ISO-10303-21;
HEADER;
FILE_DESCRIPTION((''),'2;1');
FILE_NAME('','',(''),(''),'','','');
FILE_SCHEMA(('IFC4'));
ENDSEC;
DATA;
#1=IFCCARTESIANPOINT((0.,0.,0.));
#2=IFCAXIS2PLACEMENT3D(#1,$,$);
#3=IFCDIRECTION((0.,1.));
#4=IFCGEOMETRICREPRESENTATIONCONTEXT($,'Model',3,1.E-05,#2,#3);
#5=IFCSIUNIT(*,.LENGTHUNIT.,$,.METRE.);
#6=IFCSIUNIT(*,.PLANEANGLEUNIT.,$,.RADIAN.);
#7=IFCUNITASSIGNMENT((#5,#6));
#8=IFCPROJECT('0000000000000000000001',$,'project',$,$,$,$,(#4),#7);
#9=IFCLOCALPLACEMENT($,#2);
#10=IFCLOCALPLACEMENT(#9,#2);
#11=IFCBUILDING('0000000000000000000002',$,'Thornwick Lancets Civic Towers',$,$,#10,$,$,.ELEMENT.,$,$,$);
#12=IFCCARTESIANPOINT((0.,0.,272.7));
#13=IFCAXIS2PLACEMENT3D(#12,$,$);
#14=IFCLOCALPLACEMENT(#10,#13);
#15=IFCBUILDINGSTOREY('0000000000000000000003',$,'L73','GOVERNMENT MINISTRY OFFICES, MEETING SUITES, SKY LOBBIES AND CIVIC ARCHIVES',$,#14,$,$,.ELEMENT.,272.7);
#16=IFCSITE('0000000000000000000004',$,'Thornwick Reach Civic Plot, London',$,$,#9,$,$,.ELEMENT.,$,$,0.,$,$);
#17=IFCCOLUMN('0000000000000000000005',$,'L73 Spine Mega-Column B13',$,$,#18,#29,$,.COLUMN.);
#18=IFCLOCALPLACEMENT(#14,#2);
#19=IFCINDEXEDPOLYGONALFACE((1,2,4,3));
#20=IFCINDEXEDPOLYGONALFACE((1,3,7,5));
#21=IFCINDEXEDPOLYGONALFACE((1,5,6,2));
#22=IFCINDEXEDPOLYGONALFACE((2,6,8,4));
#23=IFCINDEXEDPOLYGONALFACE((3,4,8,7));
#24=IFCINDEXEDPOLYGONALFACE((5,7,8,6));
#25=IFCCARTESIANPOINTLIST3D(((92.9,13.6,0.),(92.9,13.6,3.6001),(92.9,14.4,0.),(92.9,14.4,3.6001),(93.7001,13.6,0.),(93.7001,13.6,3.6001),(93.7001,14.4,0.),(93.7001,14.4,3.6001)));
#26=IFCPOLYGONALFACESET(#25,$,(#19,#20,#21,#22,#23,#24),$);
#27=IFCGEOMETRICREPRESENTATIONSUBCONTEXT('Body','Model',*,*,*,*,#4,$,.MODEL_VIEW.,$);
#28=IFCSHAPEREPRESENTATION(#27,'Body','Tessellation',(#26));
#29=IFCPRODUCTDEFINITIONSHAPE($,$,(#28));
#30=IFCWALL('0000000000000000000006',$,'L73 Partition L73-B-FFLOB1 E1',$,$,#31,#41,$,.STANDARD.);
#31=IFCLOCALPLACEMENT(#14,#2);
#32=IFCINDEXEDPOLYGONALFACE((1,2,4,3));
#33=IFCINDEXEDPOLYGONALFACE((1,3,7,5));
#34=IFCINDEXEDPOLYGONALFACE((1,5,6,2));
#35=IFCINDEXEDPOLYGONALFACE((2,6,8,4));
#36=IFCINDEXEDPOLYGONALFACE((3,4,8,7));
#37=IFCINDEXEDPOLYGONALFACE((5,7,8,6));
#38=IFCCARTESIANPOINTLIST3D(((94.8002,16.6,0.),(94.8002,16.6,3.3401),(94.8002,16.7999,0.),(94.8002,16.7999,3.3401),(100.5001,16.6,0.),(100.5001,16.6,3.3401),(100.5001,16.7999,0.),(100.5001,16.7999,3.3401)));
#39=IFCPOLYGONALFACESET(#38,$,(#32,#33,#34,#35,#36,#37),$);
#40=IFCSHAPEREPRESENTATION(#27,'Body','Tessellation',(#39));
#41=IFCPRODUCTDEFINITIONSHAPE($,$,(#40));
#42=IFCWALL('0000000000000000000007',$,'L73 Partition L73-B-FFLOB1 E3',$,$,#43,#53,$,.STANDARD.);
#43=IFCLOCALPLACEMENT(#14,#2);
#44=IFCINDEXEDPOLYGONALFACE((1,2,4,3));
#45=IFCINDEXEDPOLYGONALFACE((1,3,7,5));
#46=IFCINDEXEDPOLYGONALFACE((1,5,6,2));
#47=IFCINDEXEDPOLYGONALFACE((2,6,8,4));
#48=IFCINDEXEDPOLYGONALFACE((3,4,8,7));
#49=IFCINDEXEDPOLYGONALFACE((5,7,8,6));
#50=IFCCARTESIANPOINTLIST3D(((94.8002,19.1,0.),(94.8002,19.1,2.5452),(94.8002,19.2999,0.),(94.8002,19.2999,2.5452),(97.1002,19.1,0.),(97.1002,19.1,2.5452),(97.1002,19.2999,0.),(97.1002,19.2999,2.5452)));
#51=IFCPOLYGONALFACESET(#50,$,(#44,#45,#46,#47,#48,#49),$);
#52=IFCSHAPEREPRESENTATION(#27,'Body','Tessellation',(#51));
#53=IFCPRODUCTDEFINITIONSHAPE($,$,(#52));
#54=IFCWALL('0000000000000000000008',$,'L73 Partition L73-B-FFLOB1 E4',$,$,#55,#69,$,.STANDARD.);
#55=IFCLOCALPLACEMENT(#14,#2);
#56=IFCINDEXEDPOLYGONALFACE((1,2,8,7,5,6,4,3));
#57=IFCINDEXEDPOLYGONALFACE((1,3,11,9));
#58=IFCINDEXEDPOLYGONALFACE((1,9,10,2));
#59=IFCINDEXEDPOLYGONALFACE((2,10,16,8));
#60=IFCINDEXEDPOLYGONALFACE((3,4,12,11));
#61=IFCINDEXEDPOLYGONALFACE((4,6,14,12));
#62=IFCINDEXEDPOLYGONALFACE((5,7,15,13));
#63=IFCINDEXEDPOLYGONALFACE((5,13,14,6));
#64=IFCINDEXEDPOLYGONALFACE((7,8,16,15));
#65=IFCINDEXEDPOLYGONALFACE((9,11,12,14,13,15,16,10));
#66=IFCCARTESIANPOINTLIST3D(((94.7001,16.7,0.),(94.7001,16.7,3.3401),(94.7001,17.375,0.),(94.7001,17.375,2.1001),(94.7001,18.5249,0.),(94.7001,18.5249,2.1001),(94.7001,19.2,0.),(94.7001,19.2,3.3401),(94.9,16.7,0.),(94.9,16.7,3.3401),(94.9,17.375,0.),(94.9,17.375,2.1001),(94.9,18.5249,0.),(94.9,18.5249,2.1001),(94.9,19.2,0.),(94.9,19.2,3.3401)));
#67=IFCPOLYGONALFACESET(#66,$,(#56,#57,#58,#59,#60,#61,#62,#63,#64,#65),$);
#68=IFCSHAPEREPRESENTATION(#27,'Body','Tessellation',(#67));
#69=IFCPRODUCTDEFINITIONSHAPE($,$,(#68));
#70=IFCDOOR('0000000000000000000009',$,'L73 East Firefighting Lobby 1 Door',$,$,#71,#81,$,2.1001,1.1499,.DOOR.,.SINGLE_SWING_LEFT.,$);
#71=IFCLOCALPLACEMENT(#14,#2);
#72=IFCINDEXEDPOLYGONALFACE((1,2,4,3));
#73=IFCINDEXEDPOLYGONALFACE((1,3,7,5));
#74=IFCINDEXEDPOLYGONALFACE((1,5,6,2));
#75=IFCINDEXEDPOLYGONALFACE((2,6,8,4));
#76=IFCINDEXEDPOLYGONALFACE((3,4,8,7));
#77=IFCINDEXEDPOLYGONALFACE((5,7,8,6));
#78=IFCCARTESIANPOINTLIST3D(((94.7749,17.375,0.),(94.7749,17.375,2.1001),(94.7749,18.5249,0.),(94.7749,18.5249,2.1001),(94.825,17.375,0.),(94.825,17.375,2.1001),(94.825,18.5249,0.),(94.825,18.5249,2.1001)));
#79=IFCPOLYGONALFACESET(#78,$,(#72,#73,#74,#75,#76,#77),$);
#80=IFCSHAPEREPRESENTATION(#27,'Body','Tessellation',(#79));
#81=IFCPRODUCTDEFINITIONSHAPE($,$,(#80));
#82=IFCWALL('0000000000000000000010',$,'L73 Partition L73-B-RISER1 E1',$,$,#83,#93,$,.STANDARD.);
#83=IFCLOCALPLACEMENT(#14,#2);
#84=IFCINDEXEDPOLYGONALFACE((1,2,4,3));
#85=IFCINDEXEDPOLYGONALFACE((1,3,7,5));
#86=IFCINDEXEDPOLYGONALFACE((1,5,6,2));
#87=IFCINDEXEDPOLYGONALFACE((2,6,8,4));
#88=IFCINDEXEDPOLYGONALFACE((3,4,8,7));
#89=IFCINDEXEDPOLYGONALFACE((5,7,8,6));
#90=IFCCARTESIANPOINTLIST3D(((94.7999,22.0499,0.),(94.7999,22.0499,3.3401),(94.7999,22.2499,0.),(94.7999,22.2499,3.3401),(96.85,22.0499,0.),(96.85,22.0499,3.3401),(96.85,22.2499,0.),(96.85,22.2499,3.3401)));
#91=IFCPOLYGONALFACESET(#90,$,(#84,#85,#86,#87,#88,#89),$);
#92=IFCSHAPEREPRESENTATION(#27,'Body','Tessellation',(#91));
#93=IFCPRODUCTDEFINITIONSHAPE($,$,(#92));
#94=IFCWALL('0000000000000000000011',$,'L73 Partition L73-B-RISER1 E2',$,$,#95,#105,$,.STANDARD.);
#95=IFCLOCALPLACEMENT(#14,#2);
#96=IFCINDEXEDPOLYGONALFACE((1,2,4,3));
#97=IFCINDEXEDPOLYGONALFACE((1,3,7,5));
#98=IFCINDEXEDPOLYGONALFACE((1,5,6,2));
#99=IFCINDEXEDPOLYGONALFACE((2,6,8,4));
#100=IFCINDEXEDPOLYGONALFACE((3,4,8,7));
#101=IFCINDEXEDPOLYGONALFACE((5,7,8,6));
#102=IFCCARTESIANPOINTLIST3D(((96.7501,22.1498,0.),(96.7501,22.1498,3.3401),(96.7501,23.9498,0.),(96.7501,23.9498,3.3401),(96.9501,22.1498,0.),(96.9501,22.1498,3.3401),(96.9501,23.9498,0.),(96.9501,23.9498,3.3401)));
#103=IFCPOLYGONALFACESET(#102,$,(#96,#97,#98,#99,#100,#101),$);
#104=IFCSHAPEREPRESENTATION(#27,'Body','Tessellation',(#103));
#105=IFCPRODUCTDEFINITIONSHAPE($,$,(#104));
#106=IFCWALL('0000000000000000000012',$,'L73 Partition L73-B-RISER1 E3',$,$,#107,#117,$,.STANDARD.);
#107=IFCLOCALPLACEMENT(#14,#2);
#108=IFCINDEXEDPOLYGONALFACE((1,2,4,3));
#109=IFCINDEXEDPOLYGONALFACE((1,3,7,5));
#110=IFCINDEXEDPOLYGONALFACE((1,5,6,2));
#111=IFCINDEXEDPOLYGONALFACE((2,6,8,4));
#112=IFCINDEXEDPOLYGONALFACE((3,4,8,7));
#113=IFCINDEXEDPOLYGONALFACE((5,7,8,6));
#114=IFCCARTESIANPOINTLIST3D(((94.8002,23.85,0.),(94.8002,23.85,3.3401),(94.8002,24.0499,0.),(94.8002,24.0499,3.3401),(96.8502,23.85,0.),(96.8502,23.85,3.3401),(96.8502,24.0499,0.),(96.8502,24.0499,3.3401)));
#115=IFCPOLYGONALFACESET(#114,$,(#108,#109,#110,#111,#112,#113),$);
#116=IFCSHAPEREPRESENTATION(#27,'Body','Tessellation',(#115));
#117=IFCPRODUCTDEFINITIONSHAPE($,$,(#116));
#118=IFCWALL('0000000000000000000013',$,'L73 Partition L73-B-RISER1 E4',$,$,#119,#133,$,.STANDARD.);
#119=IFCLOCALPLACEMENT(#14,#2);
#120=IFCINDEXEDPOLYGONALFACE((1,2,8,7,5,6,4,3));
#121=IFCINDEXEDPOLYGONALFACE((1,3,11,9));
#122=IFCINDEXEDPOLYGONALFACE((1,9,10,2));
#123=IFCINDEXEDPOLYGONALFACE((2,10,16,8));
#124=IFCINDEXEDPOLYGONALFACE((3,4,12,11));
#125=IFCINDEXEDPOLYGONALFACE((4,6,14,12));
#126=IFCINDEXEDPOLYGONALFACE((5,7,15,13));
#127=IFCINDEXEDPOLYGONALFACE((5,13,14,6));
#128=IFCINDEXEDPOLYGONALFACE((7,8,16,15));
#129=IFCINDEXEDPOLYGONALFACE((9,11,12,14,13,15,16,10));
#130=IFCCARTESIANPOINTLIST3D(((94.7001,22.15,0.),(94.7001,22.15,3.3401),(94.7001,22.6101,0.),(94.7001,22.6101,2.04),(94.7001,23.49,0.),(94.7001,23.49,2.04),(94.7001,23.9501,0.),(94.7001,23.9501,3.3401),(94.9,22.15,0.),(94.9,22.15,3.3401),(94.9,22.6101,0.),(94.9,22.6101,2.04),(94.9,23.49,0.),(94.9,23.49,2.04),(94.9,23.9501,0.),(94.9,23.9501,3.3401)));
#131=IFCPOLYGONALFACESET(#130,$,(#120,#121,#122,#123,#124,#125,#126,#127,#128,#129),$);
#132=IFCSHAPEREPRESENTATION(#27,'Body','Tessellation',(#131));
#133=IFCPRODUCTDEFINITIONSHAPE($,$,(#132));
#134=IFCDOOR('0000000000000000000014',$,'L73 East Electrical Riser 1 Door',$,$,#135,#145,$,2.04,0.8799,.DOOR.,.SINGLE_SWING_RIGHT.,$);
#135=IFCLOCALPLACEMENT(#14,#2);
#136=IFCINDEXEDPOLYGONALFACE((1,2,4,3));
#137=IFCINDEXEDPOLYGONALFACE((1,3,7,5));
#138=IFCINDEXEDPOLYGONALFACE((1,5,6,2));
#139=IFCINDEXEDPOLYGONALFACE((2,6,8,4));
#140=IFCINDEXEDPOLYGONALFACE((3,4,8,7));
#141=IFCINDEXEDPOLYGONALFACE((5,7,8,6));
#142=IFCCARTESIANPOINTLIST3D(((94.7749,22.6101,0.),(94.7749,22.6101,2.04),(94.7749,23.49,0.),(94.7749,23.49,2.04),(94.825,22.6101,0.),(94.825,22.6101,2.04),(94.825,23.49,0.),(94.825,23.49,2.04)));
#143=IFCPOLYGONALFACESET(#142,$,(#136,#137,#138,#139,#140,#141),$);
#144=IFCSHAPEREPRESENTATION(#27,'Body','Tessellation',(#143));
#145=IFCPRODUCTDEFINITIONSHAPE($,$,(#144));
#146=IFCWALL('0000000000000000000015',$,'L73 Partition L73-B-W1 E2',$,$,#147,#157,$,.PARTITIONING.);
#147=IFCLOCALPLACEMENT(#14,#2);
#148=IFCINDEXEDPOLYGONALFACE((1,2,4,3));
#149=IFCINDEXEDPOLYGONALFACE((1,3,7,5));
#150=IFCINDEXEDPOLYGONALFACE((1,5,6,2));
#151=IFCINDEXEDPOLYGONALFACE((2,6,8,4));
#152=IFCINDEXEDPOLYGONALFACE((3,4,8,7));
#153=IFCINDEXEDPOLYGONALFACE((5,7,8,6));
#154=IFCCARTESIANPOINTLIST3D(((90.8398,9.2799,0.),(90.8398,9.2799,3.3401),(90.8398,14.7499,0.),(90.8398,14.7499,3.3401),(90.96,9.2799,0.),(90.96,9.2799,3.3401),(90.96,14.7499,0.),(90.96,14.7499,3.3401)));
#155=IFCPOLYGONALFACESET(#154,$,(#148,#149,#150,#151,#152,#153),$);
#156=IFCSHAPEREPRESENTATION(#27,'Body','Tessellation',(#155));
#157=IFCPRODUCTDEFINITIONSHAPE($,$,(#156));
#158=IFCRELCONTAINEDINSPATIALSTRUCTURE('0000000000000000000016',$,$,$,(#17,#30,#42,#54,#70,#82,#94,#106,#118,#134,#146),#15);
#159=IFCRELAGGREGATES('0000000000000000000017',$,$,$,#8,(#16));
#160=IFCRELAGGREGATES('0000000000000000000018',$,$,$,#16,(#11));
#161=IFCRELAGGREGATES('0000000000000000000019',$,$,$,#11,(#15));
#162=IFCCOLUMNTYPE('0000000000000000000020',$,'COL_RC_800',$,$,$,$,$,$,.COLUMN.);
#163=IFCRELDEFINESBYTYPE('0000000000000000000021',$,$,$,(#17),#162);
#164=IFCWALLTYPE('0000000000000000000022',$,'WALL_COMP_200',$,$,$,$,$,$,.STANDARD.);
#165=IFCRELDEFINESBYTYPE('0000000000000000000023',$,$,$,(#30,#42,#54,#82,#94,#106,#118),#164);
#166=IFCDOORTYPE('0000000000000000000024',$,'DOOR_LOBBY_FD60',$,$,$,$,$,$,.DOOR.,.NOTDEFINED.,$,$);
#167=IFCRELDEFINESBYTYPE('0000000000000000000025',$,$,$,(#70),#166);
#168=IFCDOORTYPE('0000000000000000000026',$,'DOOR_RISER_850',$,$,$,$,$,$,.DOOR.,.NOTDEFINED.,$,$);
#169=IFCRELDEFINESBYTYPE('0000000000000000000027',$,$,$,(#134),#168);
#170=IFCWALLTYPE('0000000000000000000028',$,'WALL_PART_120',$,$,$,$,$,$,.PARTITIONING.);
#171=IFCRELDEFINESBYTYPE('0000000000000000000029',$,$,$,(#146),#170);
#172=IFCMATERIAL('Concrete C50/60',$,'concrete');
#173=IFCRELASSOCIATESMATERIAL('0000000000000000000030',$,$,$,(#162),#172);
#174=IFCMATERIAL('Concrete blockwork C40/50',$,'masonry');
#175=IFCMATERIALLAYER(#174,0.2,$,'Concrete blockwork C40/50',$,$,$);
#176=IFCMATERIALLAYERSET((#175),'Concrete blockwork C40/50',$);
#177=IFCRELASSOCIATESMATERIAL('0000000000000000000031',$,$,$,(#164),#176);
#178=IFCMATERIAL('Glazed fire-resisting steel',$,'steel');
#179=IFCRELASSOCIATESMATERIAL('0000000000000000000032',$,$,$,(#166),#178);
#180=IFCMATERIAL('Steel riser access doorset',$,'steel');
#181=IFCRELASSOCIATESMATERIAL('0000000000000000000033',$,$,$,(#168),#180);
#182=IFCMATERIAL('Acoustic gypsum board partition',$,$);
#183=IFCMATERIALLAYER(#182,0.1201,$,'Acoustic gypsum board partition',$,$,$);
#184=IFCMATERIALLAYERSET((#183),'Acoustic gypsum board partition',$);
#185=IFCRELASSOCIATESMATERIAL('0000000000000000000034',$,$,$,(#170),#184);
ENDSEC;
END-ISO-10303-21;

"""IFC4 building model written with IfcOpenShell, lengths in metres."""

from ifc_helpers import new_model, si_unit, direction, frame, frame_2d, origin, origin_2d, place, context, subcontext, project, spatial, rectangle, extrude, material, layer, layer_set, material_profile, profile_set, type_object, element, fill, save


model = new_model("IFC4")

# Units and contexts
model_context = context("Model", 3, precision=1e-05, world=origin(), true_north=direction((0.0, 1.0)))
body_context = subcontext(model_context, "Body", "Model", "MODEL_VIEW")
ifc_project = project(units=[si_unit("LENGTHUNIT", "METRE"), si_unit("PLANEANGLEUNIT", "RADIAN")], contexts=[model_context])

# Site, building, storey
site_placement = place(None, origin())
site = spatial("IfcSite", under=ifc_project, at=site_placement, Name="Thornwick Reach Civic Plot, London", CompositionType="ELEMENT", RefElevation=0.0)
building_placement = place(site_placement, origin())
building = spatial("IfcBuilding", under=site, at=building_placement, Name="Thornwick Lancets Civic Towers", CompositionType="ELEMENT")
storey_placement = place(building_placement, frame((0.0, 0.0, 272.7)))
storey = spatial("IfcBuildingStorey", under=building, at=storey_placement, Name="L73", Description="GOVERNMENT MINISTRY OFFICES, MEETING SUITES, SKY LOBBIES AND CIVIC ARCHIVES", CompositionType="ELEMENT", Elevation=272.7)

# Column
ifc_material_1 = material(Name="Concrete C50/60", Category="concrete")
ifc_material_profile = material_profile(ifc_material_1, rectangle(XDim=0.8, YDim=0.8, at=origin_2d()), Name="RC 800x800")
ifc_profile_set = profile_set([ifc_material_profile], Name="Concrete C50/60")
column_type = type_object("IfcColumnType", Name="COL_RC_800", PredefinedType="COLUMN", material=ifc_profile_set)
column_placement = place(storey_placement, frame((93.3, 14.0, 0.0), z_axis=(0.0, 0.0, 1.0), x_axis=(1.0, 0.0, 0.0)))
element("IfcColumn", 1, at=column_placement, inside=storey, type_object=column_type, Name="L73 Spine Mega-Column B13", PredefinedType="COLUMN", context=body_context, shape_type="SweptSolid", body=[
    extrude(rectangle(XDim=0.8, YDim=0.8, at=origin_2d()), origin(), (0.0, 0.0, 1.0), 3.6001),
])

# Walls
ifc_material_2 = material(Name="Concrete blockwork C40/50", Category="masonry")
ifc_layer_1 = layer(ifc_material_2, 0.2, Name="Concrete blockwork C40/50")
ifc_layer_set_1 = layer_set([ifc_layer_1], Name="Concrete blockwork C40/50")
wall_type_1 = type_object("IfcWallType", Name="WALL_COMP_200", PredefinedType="STANDARD", material=ifc_layer_set_1)
wall_1_placement = place(storey_placement, frame((94.8, 16.7, 0.0), z_axis=(0.0, 0.0, 1.0), x_axis=(1.0, 0.0, 0.0)))
element("IfcWall", 2, at=wall_1_placement, inside=storey, type_object=wall_type_1, Name="L73 Partition L73-B-FFLOB1 E1", PredefinedType="STANDARD", context=body_context, shape_type="SweptSolid", body=[
    extrude(rectangle(XDim=5.7, YDim=0.2, at=frame_2d((2.8501, 0.0))), origin(), (0.0, 0.0, 1.0), 3.3401),
])
wall_2_placement = place(storey_placement, frame((97.1001, 19.2, 0.0), z_axis=(0.0, 0.0, 1.0), x_axis=(-1.0, 0.0, 0.0)))
element("IfcWall", 3, at=wall_2_placement, inside=storey, type_object=wall_type_1, Name="L73 Partition L73-B-FFLOB1 E3", PredefinedType="STANDARD", context=body_context, shape_type="SweptSolid", body=[
    extrude(rectangle(XDim=2.3, YDim=0.2, at=frame_2d((1.1499, 0.0))), origin(), (0.0, 0.0, 1.0), 2.5452),
])

# Wall, opening, door
wall_3_placement = place(storey_placement, frame((94.8, 19.2, 0.0), z_axis=(0.0, 0.0, 1.0), x_axis=(0.0, -1.0, 0.0)))
wall_3 = element("IfcWall", 4, at=wall_3_placement, inside=storey, type_object=wall_type_1, Name="L73 Partition L73-B-FFLOB1 E4", PredefinedType="STANDARD", context=body_context, shape_type="SweptSolid", body=[
    extrude(rectangle(XDim=2.5, YDim=0.2, at=frame_2d((1.25, 0.0))), origin(), (0.0, 0.0, 1.0), 3.3401),
])
opening_1_placement = place(wall_3_placement, frame((0.675, 0.0, 0.0)))
opening_1 = element("IfcOpeningElement", 5, at=opening_1_placement, cuts=wall_3, PredefinedType="OPENING", context=body_context, shape_type="SweptSolid", body=[
    extrude(rectangle(XDim=1.1499, YDim=2.1001, at=frame_2d((0.575, 1.05))), frame((0.0, 0.1099, 0.0), z_axis=(0.0, -1.0, 0.0), x_axis=(1.0, 0.0, 0.0)), (0.0, 0.0, 1.0), 0.22),
])
ifc_material_3 = material(Name="Glazed fire-resisting steel", Category="steel")
door_type_1 = type_object("IfcDoorType", Name="DOOR_LOBBY_FD60", OperationType="NOTDEFINED", PredefinedType="DOOR", material=ifc_material_3)
door_1_placement = place(opening_1_placement, origin())
door_1 = element("IfcDoor", 6, at=door_1_placement, inside=storey, type_object=door_type_1, Name="L73 East Firefighting Lobby 1 Door", OperationType="SINGLE_SWING_LEFT", OverallHeight=2.1001, OverallWidth=1.1499, PredefinedType="DOOR", context=body_context, shape_type="SweptSolid", body=[
    extrude(rectangle(XDim=1.1499, YDim=2.1001, at=frame_2d((0.575, 1.05))), frame((0.0, 0.0249, 0.0), z_axis=(0.0, -1.0, 0.0), x_axis=(1.0, 0.0, 0.0)), (0.0, 0.0, 1.0), 0.05),
])
fill(opening_1, door_1)

# Walls
wall_4_placement = place(storey_placement, frame((94.8, 22.1499, 0.0), z_axis=(0.0, 0.0, 1.0), x_axis=(1.0, 0.0, 0.0)))
element("IfcWall", 7, at=wall_4_placement, inside=storey, type_object=wall_type_1, Name="L73 Partition L73-B-RISER1 E1", PredefinedType="STANDARD", context=body_context, shape_type="SweptSolid", body=[
    extrude(rectangle(XDim=2.05, YDim=0.2, at=frame_2d((1.0249, 0.0))), origin(), (0.0, 0.0, 1.0), 3.3401),
])
wall_5_placement = place(storey_placement, frame((96.8501, 22.1499, 0.0), z_axis=(0.0, 0.0, 1.0), x_axis=(0.0, 1.0, 0.0)))
element("IfcWall", 8, at=wall_5_placement, inside=storey, type_object=wall_type_1, Name="L73 Partition L73-B-RISER1 E2", PredefinedType="STANDARD", context=body_context, shape_type="SweptSolid", body=[
    extrude(rectangle(XDim=1.8, YDim=0.2, at=frame_2d((0.8999, 0.0))), origin(), (0.0, 0.0, 1.0), 3.3401),
])
wall_6_placement = place(storey_placement, frame((96.8501, 23.95, 0.0), z_axis=(0.0, 0.0, 1.0), x_axis=(-1.0, 0.0, 0.0)))
element("IfcWall", 9, at=wall_6_placement, inside=storey, type_object=wall_type_1, Name="L73 Partition L73-B-RISER1 E3", PredefinedType="STANDARD", context=body_context, shape_type="SweptSolid", body=[
    extrude(rectangle(XDim=2.05, YDim=0.2, at=frame_2d((1.0249, 0.0))), origin(), (0.0, 0.0, 1.0), 3.3401),
])

# Wall, opening, door
wall_7_placement = place(storey_placement, frame((94.8, 23.95, 0.0), z_axis=(0.0, 0.0, 1.0), x_axis=(0.0, -1.0, 0.0)))
wall_7 = element("IfcWall", 10, at=wall_7_placement, inside=storey, type_object=wall_type_1, Name="L73 Partition L73-B-RISER1 E4", PredefinedType="STANDARD", context=body_context, shape_type="SweptSolid", body=[
    extrude(rectangle(XDim=1.8, YDim=0.2, at=frame_2d((0.8999, 0.0))), origin(), (0.0, 0.0, 1.0), 3.3401),
])
opening_2_placement = place(wall_7_placement, frame((0.46, 0.0, 0.0)))
opening_2 = element("IfcOpeningElement", 11, at=opening_2_placement, cuts=wall_7, PredefinedType="OPENING", context=body_context, shape_type="SweptSolid", body=[
    extrude(rectangle(XDim=0.8799, YDim=2.04, at=frame_2d((0.4399, 1.02))), frame((0.0, 0.1099, 0.0), z_axis=(0.0, -1.0, 0.0), x_axis=(1.0, 0.0, 0.0)), (0.0, 0.0, 1.0), 0.22),
])
ifc_material_4 = material(Name="Steel riser access doorset", Category="steel")
door_type_2 = type_object("IfcDoorType", Name="DOOR_RISER_850", OperationType="NOTDEFINED", PredefinedType="DOOR", material=ifc_material_4)
door_2_placement = place(opening_2_placement, origin())
door_2 = element("IfcDoor", 12, at=door_2_placement, inside=storey, type_object=door_type_2, Name="L73 East Electrical Riser 1 Door", OperationType="SINGLE_SWING_RIGHT", OverallHeight=2.04, OverallWidth=0.8799, PredefinedType="DOOR", context=body_context, shape_type="SweptSolid", body=[
    extrude(rectangle(XDim=0.8799, YDim=2.04, at=frame_2d((0.4399, 1.02))), frame((0.0, 0.0249, 0.0), z_axis=(0.0, -1.0, 0.0), x_axis=(1.0, 0.0, 0.0)), (0.0, 0.0, 1.0), 0.05),
])
fill(opening_2, door_2)

# Wall
ifc_material_5 = material(Name="Acoustic gypsum board partition")
ifc_layer_2 = layer(ifc_material_5, 0.1201, Name="Acoustic gypsum board partition")
ifc_layer_set_2 = layer_set([ifc_layer_2], Name="Acoustic gypsum board partition")
wall_type_2 = type_object("IfcWallType", Name="WALL_PART_120", PredefinedType="PARTITIONING", material=ifc_layer_set_2)
wall_8_placement = place(storey_placement, frame((90.8999, 9.28, 0.0), z_axis=(0.0, 0.0, 1.0), x_axis=(0.0, 1.0, 0.0)))
element("IfcWall", 13, at=wall_8_placement, inside=storey, type_object=wall_type_2, Name="L73 Partition L73-B-W1 E2", PredefinedType="PARTITIONING", context=body_context, shape_type="SweptSolid", body=[
    extrude(rectangle(XDim=5.47, YDim=0.1201, at=frame_2d((2.7349, 0.0))), origin(), (0.0, 0.0, 1.0), 3.3401),
])

save(model, "model.ifc")
